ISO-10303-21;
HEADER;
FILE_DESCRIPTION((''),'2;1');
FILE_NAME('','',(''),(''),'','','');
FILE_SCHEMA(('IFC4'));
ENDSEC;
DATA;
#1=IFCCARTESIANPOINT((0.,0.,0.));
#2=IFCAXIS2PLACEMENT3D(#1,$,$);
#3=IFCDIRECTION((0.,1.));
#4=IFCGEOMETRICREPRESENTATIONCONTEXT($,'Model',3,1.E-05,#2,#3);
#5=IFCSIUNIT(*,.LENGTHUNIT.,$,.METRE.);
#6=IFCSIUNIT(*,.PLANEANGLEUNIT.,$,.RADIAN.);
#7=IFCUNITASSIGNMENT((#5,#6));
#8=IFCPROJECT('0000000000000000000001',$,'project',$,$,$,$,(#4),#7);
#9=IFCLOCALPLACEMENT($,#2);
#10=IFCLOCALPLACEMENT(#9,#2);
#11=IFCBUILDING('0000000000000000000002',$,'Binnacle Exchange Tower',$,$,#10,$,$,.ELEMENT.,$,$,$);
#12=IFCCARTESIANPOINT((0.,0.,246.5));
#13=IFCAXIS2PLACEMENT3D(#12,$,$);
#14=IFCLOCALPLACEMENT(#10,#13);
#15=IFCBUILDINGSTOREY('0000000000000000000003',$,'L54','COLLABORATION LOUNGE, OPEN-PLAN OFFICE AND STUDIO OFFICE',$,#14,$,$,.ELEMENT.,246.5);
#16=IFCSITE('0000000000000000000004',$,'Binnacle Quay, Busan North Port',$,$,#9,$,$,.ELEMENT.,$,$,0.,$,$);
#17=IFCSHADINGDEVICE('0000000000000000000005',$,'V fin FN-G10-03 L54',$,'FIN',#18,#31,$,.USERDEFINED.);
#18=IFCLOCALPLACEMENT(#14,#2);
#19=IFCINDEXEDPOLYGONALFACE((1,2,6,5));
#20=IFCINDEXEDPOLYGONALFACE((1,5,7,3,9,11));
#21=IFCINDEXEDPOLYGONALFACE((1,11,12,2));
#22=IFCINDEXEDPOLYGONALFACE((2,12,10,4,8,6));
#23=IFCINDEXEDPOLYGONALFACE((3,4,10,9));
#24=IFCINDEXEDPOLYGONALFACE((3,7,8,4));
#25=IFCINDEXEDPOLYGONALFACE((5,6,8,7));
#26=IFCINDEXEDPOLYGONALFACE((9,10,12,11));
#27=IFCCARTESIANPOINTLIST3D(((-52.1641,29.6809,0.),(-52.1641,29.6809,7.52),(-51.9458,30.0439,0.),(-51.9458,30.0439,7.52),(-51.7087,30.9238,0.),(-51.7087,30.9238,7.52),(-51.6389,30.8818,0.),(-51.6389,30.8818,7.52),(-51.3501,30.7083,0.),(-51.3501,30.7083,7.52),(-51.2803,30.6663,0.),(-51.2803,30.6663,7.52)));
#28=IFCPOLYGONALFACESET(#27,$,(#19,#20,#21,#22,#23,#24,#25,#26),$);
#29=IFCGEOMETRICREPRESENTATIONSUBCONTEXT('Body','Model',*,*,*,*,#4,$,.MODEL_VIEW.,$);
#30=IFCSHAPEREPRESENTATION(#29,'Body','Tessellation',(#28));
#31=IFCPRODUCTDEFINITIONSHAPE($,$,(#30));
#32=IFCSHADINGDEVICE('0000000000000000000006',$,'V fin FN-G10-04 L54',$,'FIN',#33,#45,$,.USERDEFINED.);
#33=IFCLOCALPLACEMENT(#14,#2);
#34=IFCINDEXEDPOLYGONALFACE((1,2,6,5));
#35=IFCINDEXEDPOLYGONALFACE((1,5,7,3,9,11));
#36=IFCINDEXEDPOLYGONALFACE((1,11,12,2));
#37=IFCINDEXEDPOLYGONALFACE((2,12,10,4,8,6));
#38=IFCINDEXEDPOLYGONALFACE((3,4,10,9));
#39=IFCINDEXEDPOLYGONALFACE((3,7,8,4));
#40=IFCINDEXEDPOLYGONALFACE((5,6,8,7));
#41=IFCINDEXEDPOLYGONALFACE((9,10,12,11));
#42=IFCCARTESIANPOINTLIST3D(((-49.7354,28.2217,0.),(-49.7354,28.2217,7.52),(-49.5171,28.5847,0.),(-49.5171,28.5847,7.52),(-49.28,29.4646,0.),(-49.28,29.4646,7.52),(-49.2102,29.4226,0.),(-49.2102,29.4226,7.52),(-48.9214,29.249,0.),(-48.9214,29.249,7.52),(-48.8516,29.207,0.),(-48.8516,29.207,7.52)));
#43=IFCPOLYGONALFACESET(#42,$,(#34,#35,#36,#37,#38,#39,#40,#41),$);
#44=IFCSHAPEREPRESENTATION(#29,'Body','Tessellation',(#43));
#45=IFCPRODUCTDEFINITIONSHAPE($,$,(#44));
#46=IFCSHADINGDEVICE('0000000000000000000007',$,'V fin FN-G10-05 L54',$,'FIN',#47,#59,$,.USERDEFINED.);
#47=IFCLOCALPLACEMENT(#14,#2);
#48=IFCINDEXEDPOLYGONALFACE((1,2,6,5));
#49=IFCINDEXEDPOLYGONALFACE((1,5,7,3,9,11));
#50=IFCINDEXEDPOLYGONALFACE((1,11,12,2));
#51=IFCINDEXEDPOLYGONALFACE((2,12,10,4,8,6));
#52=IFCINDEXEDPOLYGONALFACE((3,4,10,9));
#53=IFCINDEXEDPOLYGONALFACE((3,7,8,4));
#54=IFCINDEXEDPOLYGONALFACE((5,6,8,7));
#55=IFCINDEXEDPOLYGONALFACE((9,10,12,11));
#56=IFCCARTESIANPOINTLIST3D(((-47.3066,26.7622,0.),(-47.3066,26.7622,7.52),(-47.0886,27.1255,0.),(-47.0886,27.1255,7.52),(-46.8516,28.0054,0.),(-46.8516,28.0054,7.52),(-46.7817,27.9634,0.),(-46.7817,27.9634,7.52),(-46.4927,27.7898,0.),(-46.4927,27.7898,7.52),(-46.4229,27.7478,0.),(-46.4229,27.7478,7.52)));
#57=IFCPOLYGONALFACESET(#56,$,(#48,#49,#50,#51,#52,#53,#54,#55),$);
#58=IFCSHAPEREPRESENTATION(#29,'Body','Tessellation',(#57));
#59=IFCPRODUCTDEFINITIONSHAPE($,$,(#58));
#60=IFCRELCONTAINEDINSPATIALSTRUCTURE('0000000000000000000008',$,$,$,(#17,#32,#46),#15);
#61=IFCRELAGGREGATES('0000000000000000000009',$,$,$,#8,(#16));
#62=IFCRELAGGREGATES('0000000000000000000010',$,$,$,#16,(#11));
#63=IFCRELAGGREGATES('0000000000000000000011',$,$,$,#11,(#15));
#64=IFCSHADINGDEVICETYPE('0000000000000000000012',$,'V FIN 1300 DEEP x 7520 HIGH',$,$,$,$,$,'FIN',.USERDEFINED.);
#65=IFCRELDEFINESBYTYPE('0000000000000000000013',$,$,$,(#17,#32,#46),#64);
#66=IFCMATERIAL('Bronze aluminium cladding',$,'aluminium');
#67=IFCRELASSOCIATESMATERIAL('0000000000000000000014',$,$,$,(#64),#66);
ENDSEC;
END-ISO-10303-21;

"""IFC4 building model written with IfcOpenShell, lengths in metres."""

from ifc_helpers import new_model, si_unit, direction, frame, origin, place, context, subcontext, project, spatial, polyline, outline, extrude, material, type_object, element, save


model = new_model("IFC4")

# Units and contexts
model_context = context("Model", 3, precision=1e-05, world=origin(), true_north=direction((0.0, 1.0)))
body_context = subcontext(model_context, "Body", "Model", "MODEL_VIEW")
ifc_project = project(units=[si_unit("LENGTHUNIT", "METRE"), si_unit("PLANEANGLEUNIT", "RADIAN")], contexts=[model_context])

# Site, building, storey
site_placement = place(None, origin())
site = spatial("IfcSite", under=ifc_project, at=site_placement, Name="Binnacle Quay, Busan North Port", CompositionType="ELEMENT", RefElevation=0.0)
building_placement = place(site_placement, origin())
building = spatial("IfcBuilding", under=site, at=building_placement, Name="Binnacle Exchange Tower", CompositionType="ELEMENT")
storey_placement = place(building_placement, frame((0.0, 0.0, 246.5)))
storey = spatial("IfcBuildingStorey", under=building, at=storey_placement, Name="L54", Description="COLLABORATION LOUNGE, OPEN-PLAN OFFICE AND STUDIO OFFICE", CompositionType="ELEMENT", Elevation=246.5)

# Shading devices
ifc_material_1 = material(Name="Bronze aluminium cladding", Category="aluminium")
shading_device_type = type_object("IfcShadingDeviceType", Name="V FIN 1300 DEEP x 7520 HIGH", ElementType="FIN", PredefinedType="USERDEFINED", material=ifc_material_1)
shading_device_1_placement = place(storey_placement, origin())
element("IfcShadingDevice", 1, at=shading_device_1_placement, inside=storey, type_object=shading_device_type, Name="V fin FN-G10-03 L54", ObjectType="FIN", PredefinedType="USERDEFINED", context=body_context, shape_type="SweptSolid", body=[
    extrude(outline(polyline([(-51.7087, 30.9238), (-52.1641, 29.6809), (-51.2803, 30.6663), (-51.3501, 30.7083), (-51.9458, 30.0439), (-51.6389, 30.8818), (-51.7087, 30.9238)])), origin(), (0.0, 0.0, 1.0), 7.52),
])
shading_device_2_placement = place(storey_placement, origin())
element("IfcShadingDevice", 2, at=shading_device_2_placement, inside=storey, type_object=shading_device_type, Name="V fin FN-G10-04 L54", ObjectType="FIN", PredefinedType="USERDEFINED", context=body_context, shape_type="SweptSolid", body=[
    extrude(outline(polyline([(-49.28, 29.4646), (-49.7354, 28.2217), (-48.8516, 29.207), (-48.9214, 29.249), (-49.5171, 28.5847), (-49.2102, 29.4226), (-49.28, 29.4646)])), origin(), (0.0, 0.0, 1.0), 7.52),
])
shading_device_3_placement = place(storey_placement, origin())
element("IfcShadingDevice", 3, at=shading_device_3_placement, inside=storey, type_object=shading_device_type, Name="V fin FN-G10-05 L54", ObjectType="FIN", PredefinedType="USERDEFINED", context=body_context, shape_type="SweptSolid", body=[
    extrude(outline(polyline([(-46.8516, 28.0054), (-47.3066, 26.7622), (-46.4229, 27.7478), (-46.4927, 27.7898), (-47.0886, 27.1255), (-46.7817, 27.9634), (-46.8516, 28.0054)])), origin(), (0.0, 0.0, 1.0), 7.52),
])

save(model, "model.ifc")
